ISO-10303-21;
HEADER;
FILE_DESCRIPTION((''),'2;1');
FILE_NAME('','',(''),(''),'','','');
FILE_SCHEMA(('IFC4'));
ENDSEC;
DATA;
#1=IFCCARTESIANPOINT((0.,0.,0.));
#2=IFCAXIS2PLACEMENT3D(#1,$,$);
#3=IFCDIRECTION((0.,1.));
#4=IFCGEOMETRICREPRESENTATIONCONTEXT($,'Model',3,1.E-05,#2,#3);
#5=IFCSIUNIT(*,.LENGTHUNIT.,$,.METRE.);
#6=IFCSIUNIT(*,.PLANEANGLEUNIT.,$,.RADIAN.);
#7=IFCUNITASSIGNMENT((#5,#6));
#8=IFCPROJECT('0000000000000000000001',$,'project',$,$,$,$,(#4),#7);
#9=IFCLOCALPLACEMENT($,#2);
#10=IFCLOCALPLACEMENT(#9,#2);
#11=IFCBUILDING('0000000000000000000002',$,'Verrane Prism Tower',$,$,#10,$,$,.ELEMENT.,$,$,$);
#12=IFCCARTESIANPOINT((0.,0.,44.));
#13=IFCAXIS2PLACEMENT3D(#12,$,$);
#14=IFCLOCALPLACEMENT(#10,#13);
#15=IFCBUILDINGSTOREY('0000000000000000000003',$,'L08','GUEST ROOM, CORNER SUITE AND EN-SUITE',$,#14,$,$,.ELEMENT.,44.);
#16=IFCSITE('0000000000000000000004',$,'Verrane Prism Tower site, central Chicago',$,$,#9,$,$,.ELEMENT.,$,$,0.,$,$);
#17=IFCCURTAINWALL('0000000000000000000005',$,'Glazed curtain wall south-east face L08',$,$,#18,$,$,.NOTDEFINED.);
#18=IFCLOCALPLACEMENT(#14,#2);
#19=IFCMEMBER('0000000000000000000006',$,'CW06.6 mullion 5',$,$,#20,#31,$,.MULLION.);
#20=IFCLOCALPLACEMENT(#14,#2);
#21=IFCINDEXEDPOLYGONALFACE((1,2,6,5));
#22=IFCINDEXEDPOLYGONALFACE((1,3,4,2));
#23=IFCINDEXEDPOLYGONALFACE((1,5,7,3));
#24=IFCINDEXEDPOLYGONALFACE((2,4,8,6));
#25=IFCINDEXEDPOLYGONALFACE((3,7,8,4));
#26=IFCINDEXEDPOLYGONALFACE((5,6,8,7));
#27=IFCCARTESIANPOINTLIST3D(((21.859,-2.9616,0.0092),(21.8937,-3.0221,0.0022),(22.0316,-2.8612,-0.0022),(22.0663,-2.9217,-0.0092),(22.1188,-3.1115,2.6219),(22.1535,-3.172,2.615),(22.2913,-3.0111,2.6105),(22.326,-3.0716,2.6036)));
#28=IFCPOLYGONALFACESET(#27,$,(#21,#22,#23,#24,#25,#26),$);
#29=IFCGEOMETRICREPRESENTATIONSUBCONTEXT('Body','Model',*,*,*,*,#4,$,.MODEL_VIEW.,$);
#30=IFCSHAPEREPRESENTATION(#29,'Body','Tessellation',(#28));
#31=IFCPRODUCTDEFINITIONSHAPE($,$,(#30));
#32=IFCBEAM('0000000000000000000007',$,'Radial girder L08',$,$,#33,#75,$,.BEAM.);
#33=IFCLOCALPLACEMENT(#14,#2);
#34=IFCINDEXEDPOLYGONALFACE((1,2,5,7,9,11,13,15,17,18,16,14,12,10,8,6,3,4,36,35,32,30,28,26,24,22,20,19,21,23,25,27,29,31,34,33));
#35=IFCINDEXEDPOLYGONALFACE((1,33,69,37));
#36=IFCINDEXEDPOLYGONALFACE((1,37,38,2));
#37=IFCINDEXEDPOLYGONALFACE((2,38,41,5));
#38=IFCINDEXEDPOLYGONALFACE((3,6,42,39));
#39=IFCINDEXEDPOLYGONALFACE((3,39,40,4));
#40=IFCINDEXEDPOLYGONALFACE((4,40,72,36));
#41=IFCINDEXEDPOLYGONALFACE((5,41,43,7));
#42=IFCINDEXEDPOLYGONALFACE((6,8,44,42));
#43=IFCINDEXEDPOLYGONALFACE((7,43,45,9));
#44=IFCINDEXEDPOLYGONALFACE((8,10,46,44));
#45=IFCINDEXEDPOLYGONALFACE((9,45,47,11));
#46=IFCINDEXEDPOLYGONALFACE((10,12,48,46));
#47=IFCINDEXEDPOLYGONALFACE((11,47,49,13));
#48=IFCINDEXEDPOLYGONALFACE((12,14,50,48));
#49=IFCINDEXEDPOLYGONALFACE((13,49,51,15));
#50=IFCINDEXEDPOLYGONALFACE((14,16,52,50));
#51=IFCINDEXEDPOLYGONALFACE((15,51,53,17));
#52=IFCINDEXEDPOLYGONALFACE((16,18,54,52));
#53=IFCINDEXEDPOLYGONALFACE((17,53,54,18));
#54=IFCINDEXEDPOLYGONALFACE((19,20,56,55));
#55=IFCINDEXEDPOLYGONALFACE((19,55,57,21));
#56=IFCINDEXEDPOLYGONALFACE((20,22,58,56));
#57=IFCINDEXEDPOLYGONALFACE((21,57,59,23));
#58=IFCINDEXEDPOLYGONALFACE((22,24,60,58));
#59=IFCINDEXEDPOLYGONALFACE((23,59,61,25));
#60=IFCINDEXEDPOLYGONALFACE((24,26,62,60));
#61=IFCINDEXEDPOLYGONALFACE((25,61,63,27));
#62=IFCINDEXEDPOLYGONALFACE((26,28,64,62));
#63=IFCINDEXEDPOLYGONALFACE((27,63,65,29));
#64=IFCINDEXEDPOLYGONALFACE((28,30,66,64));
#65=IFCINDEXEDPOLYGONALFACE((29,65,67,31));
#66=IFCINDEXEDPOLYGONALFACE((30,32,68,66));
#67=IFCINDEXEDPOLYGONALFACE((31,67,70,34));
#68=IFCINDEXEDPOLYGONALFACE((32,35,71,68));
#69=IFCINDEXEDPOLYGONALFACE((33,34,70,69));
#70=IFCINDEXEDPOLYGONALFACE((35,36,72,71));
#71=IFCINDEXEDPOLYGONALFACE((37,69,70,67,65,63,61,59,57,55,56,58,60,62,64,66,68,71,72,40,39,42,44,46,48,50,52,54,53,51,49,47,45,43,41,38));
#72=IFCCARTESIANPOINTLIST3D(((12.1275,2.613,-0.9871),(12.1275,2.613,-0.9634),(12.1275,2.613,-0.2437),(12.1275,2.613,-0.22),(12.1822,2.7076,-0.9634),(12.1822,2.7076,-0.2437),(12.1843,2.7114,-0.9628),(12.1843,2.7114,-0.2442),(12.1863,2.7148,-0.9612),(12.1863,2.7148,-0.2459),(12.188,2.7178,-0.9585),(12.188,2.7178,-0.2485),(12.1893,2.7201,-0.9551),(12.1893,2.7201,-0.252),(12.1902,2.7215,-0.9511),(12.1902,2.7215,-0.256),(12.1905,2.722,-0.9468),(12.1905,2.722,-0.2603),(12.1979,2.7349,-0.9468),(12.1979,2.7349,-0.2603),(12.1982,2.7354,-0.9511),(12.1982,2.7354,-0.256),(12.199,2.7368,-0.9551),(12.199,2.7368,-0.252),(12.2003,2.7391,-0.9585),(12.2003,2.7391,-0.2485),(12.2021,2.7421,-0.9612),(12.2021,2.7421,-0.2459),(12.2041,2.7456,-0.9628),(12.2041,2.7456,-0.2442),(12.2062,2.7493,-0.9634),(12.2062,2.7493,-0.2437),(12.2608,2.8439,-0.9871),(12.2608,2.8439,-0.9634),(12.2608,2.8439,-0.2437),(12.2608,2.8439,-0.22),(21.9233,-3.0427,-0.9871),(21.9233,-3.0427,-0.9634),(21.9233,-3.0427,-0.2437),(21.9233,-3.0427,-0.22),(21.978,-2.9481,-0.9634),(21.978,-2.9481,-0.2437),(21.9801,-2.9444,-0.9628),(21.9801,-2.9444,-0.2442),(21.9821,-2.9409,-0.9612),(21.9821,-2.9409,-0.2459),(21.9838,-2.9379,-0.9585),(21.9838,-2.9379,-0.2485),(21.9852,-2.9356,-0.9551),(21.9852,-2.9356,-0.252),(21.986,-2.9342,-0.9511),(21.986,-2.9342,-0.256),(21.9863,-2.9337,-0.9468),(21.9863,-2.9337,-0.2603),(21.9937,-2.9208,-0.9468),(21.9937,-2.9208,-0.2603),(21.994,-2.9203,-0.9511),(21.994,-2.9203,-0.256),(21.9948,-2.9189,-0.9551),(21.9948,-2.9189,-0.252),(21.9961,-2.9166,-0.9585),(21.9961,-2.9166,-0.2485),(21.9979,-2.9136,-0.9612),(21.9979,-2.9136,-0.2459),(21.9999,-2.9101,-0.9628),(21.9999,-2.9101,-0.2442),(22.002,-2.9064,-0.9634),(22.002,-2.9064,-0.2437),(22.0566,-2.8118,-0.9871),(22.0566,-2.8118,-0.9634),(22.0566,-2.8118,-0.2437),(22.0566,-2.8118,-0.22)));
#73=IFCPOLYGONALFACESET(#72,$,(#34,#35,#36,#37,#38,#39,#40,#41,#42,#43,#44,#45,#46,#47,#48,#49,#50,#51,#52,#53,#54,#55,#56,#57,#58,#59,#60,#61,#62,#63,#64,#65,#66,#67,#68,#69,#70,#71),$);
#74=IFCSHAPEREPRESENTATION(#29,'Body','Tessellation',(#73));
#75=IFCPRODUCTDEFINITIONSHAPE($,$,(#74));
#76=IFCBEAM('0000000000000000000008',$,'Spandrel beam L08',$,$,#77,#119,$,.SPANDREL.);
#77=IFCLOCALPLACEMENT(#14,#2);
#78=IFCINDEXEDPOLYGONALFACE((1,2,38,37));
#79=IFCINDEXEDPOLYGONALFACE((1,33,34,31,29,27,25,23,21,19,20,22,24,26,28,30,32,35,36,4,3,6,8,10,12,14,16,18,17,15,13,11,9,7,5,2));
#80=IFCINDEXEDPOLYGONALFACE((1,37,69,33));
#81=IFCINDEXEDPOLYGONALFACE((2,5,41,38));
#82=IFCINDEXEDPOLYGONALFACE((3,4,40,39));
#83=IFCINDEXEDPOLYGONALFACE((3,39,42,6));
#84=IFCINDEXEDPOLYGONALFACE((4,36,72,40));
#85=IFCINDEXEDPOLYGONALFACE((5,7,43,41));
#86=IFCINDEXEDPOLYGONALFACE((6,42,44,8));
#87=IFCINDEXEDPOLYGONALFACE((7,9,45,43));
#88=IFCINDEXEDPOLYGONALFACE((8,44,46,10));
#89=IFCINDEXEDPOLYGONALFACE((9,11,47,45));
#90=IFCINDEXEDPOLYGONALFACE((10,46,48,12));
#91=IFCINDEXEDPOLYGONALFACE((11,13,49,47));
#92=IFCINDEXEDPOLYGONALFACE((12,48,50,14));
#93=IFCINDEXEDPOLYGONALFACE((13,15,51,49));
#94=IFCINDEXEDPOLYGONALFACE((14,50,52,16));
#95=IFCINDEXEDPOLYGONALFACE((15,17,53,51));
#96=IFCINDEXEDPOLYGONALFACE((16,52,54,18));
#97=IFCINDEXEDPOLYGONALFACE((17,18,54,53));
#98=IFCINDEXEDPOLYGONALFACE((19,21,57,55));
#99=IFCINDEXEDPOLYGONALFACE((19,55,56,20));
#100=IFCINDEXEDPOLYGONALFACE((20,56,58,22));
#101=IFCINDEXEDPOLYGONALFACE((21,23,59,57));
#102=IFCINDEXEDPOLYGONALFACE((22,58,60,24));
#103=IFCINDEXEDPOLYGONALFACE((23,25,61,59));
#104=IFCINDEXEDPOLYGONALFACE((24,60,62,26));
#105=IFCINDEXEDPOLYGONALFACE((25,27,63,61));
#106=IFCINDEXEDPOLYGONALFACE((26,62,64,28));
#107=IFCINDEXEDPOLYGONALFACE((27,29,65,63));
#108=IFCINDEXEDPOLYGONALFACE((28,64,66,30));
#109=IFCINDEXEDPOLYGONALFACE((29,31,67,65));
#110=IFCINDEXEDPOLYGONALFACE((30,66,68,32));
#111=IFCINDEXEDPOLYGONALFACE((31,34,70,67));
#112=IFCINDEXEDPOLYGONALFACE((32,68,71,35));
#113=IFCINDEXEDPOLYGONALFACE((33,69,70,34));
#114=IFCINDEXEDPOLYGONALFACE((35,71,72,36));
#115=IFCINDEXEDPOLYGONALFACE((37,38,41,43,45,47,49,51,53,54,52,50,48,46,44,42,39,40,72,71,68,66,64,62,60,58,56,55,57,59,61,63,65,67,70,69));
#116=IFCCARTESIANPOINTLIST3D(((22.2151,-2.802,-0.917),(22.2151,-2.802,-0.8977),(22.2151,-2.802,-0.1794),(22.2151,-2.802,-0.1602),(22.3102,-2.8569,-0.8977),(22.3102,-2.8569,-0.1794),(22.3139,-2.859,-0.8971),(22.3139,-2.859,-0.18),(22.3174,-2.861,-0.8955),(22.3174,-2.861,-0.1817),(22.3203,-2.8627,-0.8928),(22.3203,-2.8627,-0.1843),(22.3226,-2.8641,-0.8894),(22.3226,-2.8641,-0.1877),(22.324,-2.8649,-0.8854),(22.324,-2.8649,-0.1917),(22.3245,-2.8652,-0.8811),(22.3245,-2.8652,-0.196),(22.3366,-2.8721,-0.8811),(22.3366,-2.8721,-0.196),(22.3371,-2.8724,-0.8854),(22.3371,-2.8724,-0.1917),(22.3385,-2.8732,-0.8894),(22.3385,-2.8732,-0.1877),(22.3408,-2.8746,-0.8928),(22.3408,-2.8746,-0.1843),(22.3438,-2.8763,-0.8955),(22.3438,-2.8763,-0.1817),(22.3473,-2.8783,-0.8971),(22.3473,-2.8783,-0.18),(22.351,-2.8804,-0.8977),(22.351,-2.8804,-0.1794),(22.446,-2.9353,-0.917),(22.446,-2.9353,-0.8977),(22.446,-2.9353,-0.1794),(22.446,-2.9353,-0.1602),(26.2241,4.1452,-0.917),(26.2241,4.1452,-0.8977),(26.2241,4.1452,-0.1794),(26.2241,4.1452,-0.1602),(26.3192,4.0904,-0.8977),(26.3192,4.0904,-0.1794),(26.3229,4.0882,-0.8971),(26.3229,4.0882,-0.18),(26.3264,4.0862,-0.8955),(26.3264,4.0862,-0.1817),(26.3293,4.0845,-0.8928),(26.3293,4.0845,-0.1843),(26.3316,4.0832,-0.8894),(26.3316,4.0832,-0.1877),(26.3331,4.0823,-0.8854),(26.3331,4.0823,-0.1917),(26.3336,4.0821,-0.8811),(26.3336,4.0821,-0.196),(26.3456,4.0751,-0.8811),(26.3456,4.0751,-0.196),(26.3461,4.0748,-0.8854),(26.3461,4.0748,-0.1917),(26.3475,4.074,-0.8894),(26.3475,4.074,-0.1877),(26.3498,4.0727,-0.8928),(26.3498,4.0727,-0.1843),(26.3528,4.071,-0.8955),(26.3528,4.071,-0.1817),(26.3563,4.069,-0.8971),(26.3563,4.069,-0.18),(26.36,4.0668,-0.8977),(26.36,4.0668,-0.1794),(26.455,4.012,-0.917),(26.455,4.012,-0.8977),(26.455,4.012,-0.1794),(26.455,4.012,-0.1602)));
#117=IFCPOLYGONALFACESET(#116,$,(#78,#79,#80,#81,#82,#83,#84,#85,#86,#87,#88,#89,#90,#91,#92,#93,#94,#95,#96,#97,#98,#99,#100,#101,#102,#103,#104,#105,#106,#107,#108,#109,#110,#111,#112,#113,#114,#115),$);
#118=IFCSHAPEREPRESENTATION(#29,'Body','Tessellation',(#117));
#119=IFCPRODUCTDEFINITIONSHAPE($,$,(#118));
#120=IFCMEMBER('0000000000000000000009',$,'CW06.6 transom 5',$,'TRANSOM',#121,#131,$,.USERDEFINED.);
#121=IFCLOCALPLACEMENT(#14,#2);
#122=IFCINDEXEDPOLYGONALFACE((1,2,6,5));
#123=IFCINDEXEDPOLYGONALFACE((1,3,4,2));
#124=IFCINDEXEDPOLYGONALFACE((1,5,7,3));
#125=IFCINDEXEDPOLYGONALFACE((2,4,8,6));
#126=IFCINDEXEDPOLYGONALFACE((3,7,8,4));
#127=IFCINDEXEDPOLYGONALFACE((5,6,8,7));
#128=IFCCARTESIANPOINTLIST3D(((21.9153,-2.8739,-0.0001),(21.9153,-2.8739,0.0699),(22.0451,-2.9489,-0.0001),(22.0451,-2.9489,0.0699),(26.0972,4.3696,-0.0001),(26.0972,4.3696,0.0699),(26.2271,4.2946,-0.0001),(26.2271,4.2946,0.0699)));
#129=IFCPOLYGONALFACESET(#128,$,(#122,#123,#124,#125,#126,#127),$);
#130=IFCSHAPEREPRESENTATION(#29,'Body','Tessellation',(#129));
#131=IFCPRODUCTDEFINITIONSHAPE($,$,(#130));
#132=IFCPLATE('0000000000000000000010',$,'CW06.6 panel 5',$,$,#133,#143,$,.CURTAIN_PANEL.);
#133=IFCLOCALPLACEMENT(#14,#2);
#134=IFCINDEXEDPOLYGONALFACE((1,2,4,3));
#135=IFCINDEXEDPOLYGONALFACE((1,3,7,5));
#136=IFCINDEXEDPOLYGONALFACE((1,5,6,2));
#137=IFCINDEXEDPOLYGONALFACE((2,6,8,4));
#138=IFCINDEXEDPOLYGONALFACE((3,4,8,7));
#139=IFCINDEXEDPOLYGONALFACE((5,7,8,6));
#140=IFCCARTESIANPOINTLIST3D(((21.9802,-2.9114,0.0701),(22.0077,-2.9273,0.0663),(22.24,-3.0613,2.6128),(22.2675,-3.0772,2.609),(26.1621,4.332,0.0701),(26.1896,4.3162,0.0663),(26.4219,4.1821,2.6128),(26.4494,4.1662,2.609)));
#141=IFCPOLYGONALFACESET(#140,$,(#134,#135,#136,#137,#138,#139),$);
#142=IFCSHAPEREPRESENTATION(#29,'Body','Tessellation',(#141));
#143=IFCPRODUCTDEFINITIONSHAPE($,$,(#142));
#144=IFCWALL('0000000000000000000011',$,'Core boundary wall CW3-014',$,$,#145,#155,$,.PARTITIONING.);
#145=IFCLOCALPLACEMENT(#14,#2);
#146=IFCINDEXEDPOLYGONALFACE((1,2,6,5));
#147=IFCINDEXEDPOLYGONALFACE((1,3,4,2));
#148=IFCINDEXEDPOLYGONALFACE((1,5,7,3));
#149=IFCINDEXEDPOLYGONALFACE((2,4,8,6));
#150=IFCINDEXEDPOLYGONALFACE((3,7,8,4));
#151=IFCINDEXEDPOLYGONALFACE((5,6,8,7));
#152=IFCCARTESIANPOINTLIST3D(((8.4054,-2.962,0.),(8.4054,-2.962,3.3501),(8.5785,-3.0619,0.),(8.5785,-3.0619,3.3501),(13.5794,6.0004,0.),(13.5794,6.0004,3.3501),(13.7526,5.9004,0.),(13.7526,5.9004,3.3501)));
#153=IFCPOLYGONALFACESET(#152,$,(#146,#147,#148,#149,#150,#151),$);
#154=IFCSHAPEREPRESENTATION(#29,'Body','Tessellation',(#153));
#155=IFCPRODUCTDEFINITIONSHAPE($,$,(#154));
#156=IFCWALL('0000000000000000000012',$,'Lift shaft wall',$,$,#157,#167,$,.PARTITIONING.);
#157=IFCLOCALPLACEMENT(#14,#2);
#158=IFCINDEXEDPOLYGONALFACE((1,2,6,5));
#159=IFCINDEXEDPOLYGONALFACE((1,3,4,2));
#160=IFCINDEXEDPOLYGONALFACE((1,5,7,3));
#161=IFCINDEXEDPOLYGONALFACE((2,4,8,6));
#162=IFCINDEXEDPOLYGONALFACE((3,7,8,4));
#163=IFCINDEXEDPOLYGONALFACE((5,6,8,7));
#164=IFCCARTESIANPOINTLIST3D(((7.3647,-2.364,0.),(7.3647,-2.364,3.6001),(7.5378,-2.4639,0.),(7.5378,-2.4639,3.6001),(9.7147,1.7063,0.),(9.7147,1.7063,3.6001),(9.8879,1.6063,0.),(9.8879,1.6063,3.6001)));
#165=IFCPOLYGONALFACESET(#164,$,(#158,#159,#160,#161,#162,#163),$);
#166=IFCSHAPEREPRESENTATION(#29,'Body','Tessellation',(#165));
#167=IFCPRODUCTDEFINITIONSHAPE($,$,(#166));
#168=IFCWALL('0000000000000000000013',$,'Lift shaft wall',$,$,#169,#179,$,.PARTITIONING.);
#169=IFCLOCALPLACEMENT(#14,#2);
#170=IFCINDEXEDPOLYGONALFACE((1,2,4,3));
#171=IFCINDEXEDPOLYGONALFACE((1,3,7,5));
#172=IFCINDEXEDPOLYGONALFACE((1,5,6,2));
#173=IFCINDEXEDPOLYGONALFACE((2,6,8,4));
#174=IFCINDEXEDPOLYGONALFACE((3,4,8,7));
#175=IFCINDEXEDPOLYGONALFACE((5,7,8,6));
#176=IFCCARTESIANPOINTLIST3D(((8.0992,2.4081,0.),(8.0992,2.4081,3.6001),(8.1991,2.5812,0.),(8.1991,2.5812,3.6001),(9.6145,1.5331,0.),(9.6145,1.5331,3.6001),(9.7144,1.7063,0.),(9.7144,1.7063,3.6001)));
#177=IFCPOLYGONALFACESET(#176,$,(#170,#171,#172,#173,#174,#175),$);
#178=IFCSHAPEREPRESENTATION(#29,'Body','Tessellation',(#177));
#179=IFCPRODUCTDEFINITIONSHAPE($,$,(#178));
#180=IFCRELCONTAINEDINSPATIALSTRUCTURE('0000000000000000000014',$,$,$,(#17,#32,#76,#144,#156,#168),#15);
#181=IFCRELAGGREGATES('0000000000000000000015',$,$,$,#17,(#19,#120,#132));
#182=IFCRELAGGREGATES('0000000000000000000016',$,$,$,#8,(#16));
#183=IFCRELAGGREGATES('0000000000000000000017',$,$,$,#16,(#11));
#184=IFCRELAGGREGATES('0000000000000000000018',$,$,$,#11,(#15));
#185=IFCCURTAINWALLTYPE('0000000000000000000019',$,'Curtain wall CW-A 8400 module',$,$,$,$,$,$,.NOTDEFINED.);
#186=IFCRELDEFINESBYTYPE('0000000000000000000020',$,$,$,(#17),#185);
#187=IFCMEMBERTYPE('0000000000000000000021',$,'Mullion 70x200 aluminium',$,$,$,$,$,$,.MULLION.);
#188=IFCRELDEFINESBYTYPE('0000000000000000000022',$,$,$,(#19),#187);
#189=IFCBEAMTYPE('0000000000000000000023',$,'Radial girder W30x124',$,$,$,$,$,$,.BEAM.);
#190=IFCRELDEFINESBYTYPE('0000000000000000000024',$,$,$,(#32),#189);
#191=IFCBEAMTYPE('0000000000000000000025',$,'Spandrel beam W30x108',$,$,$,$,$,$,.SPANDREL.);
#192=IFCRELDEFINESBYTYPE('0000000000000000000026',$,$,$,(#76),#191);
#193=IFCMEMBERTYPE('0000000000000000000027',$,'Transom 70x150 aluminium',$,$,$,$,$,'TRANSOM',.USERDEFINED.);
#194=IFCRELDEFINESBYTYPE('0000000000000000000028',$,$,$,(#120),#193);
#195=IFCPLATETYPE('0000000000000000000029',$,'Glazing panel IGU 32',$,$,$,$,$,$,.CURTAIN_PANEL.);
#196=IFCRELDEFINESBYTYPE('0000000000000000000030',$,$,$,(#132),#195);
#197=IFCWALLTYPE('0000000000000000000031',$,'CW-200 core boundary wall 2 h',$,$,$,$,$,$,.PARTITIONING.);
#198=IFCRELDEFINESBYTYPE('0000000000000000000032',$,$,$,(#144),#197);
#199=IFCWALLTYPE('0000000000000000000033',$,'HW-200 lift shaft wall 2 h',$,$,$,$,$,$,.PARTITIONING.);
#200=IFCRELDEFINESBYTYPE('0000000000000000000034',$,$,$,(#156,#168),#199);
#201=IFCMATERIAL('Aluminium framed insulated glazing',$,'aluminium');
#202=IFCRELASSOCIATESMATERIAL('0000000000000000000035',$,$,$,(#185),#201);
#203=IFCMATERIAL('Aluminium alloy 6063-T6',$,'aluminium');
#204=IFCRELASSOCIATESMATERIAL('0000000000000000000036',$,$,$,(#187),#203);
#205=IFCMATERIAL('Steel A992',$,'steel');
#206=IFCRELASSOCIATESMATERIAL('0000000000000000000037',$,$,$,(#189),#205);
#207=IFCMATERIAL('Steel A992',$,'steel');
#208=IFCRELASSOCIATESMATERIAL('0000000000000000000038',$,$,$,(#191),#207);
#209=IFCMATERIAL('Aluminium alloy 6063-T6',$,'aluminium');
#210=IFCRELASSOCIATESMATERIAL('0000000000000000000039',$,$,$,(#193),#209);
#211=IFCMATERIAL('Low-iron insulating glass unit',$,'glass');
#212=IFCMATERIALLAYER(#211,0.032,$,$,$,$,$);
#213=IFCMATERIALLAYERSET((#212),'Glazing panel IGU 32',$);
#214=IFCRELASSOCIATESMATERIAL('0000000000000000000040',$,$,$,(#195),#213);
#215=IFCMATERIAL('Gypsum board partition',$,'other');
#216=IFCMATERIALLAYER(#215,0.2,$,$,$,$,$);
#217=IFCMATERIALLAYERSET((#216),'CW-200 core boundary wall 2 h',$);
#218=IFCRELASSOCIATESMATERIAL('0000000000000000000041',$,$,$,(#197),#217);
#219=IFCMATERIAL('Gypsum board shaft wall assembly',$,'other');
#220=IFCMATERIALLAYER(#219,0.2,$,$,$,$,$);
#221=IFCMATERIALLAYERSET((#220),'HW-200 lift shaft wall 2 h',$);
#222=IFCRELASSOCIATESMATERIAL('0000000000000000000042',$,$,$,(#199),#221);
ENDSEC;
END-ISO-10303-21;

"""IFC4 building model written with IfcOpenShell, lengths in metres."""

from ifc_helpers import new_model, si_unit, direction, frame, frame_2d, origin, origin_2d, place, context, subcontext, project, spatial, polyline, rectangle, i_section, outline, extrude, material, layer, layer_set, material_profile, profile_set, type_object, element, aggregate, save


model = new_model("IFC4")

# Units and contexts
model_context = context("Model", 3, precision=1e-05, world=origin(), true_north=direction((0.0, 1.0)))
body_context = subcontext(model_context, "Body", "Model", "MODEL_VIEW")
ifc_project = project(units=[si_unit("LENGTHUNIT", "METRE"), si_unit("PLANEANGLEUNIT", "RADIAN")], contexts=[model_context])

# Site, building, storey
site_placement = place(None, origin())
site = spatial("IfcSite", under=ifc_project, at=site_placement, Name="Verrane Prism Tower site, central Chicago", CompositionType="ELEMENT", RefElevation=0.0)
building_placement = place(site_placement, origin())
building = spatial("IfcBuilding", under=site, at=building_placement, Name="Verrane Prism Tower", CompositionType="ELEMENT")
storey_placement = place(building_placement, frame((0.0, 0.0, 44.0)))
storey = spatial("IfcBuildingStorey", under=building, at=storey_placement, Name="L08", Description="GUEST ROOM, CORNER SUITE AND EN-SUITE", CompositionType="ELEMENT", Elevation=44.0)

# Curtain wall, member
ifc_material_1 = material(Name="Aluminium framed insulated glazing", Category="aluminium")
curtain_wall_type = type_object("IfcCurtainWallType", Name="Curtain wall CW-A 8400 module", PredefinedType="NOTDEFINED", material=ifc_material_1)
curtain_wall_placement = place(storey_placement, origin())
curtain_wall = element("IfcCurtainWall", 1, at=curtain_wall_placement, inside=storey, type_object=curtain_wall_type, Name="Glazed curtain wall south-east face L08", PredefinedType="NOTDEFINED")
ifc_material_2 = material(Name="Aluminium alloy 6063-T6", Category="aluminium")
ifc_material_profile_1 = material_profile(ifc_material_2, rectangle(XDim=0.2, YDim=0.0701, at=origin_2d()), Name="Mullion 70x200 aluminium")
ifc_profile_set_1 = profile_set([ifc_material_profile_1], Name="Aluminium alloy 6063-T6")
member_type_1 = type_object("IfcMemberType", Name="Mullion 70x200 aluminium", PredefinedType="MULLION", material=ifc_profile_set_1)
member_1_placement = place(storey_placement, frame((21.9626, -2.9417, 0.0), z_axis=(0.098772, -0.056998, 0.993476), x_axis=(-0.863095, -0.501813, 0.057019)))
member_1 = element("IfcMember", 2, at=member_1_placement, type_object=member_type_1, Name="CW06.6 mullion 5", PredefinedType="MULLION", context=body_context, shape_type="SweptSolid", body=[
    extrude(rectangle(XDim=0.2, YDim=0.0701, at=origin_2d()), origin(), (0.0, 0.0, 1.0), 2.6299),
])

# Beams
ifc_material_3 = material(Name="Steel A992", Category="steel")
ifc_material_profile_2 = material_profile(ifc_material_3, i_section(OverallWidth=0.2666, OverallDepth=0.7671, WebThickness=0.0149, FlangeThickness=0.0237, FilletRadius=0.0166, at=origin_2d()), Name="W30x124")
ifc_profile_set_2 = profile_set([ifc_material_profile_2], Name="Steel A992")
beam_type_1 = type_object("IfcBeamType", Name="Radial girder W30x124", PredefinedType="BEAM", material=ifc_profile_set_2)
beam_1_placement = place(storey_placement, frame((21.99, -2.9272, -0.6035), z_axis=(-0.866022, 0.500006, 0.0), x_axis=(-0.500006, -0.866022, 0.0)))
element("IfcBeam", 3, at=beam_1_placement, inside=storey, type_object=beam_type_1, Name="Radial girder L08", PredefinedType="BEAM", context=body_context, shape_type="SweptSolid", body=[
    extrude(i_section(OverallWidth=0.2666, OverallDepth=0.7671, WebThickness=0.0149, FlangeThickness=0.0237, FilletRadius=0.0166, at=origin_2d()), origin(), (0.0, 0.0, 1.0), 11.3113),
])
ifc_material_4 = material(Name="Steel A992", Category="steel")
ifc_material_profile_3 = material_profile(ifc_material_4, i_section(OverallWidth=0.2666, OverallDepth=0.7568, WebThickness=0.0139, FlangeThickness=0.0193, FilletRadius=0.0166, at=origin_2d()), Name="W30x108")
ifc_profile_set_3 = profile_set([ifc_material_profile_3], Name="Steel A992")
beam_type_2 = type_object("IfcBeamType", Name="Spandrel beam W30x108", PredefinedType="SPANDREL", material=ifc_profile_set_3)
beam_2_placement = place(storey_placement, frame((22.3306, -2.8687, -0.5386), z_axis=(0.499816, 0.866132, 0.0), x_axis=(-0.866132, 0.499816, 0.0)))
element("IfcBeam", 4, at=beam_2_placement, inside=storey, type_object=beam_type_2, Name="Spandrel beam L08", PredefinedType="SPANDREL", context=body_context, shape_type="SweptSolid", body=[
    extrude(i_section(OverallWidth=0.2666, OverallDepth=0.7568, WebThickness=0.0139, FlangeThickness=0.0193, FilletRadius=0.0166, at=origin_2d()), origin(), (0.0, 0.0, 1.0), 8.021),
])

# Member
ifc_material_5 = material(Name="Aluminium alloy 6063-T6", Category="aluminium")
ifc_material_profile_4 = material_profile(ifc_material_5, rectangle(XDim=0.1499, YDim=0.0701, at=origin_2d()), Name="Transom 70x150 aluminium")
ifc_profile_set_4 = profile_set([ifc_material_profile_4], Name="Aluminium alloy 6063-T6")
member_type_2 = type_object("IfcMemberType", Name="Transom 70x150 aluminium", ElementType="TRANSOM", PredefinedType="USERDEFINED", material=ifc_profile_set_4)
member_2_placement = place(storey_placement, frame((21.9802, -2.9114, 0.0349), z_axis=(0.499991, 0.866031, 0.0), x_axis=(-0.866031, 0.499991, 0.0)))
member_2 = element("IfcMember", 5, at=member_2_placement, type_object=member_type_2, Name="CW06.6 transom 5", ObjectType="TRANSOM", PredefinedType="USERDEFINED", context=body_context, shape_type="SweptSolid", body=[
    extrude(rectangle(XDim=0.1499, YDim=0.0701, at=origin_2d()), origin(), (0.0, 0.0, 1.0), 8.364),
])

# Plate
ifc_material_6 = material(Name="Low-iron insulating glass unit", Category="glass")
ifc_layer_1 = layer(ifc_material_6, 0.032)
ifc_layer_set_1 = layer_set([ifc_layer_1], Name="Glazing panel IGU 32")
plate_type = type_object("IfcPlateType", Name="Glazing panel IGU 32", PredefinedType="CURTAIN_PANEL", material=ifc_layer_set_1)
plate_placement = place(storey_placement, frame((21.9802, -2.9114, 0.0701), z_axis=(-0.860068, 0.496549, 0.117138), x_axis=(0.499991, 0.866031, 0.0)))
plate = element("IfcPlate", 6, at=plate_placement, type_object=plate_type, Name="CW06.6 panel 5", PredefinedType="CURTAIN_PANEL", context=body_context, shape_type="SweptSolid", body=[
    extrude(outline(polyline([(0.0, 0.0), (8.3639, 0.0), (8.364, -2.5604), (0.0001, -2.5604), (0.0, 0.0)])), origin(), (0.0, 0.0, -1.0), 0.032),
])
aggregate(curtain_wall, [member_1, member_2, plate])

# Walls
ifc_material_7 = material(Name="Gypsum board partition", Category="other")
ifc_layer_2 = layer(ifc_material_7, 0.2)
ifc_layer_set_2 = layer_set([ifc_layer_2], Name="CW-200 core boundary wall 2 h")
wall_type_1 = type_object("IfcWallType", Name="CW-200 core boundary wall 2 h", PredefinedType="PARTITIONING", material=ifc_layer_set_2)
wall_1_placement = place(storey_placement, frame((8.4919, -3.012, 0.0), z_axis=(0.0, 0.0, 1.0), x_axis=(0.499973, 0.866041, 0.0)))
element("IfcWall", 7, at=wall_1_placement, inside=storey, type_object=wall_type_1, Name="Core boundary wall CW3-014", PredefinedType="PARTITIONING", context=body_context, shape_type="SweptSolid", body=[
    extrude(rectangle(XDim=10.3486, YDim=0.2, at=frame_2d((5.1743, 0.0))), origin(), (0.0, 0.0, 1.0), 3.3501),
])
ifc_material_8 = material(Name="Gypsum board shaft wall assembly", Category="other")
ifc_layer_3 = layer(ifc_material_8, 0.2)
ifc_layer_set_3 = layer_set([ifc_layer_3], Name="HW-200 lift shaft wall 2 h")
wall_type_2 = type_object("IfcWallType", Name="HW-200 lift shaft wall 2 h", PredefinedType="PARTITIONING", material=ifc_layer_set_3)
wall_2_placement = place(storey_placement, frame((7.4512, -2.4141, 0.0), z_axis=(0.0, 0.0, 1.0), x_axis=(0.500016, 0.866016, 0.0)))
element("IfcWall", 8, at=wall_2_placement, inside=storey, type_object=wall_type_2, Name="Lift shaft wall", PredefinedType="PARTITIONING", context=body_context, shape_type="SweptSolid", body=[
    extrude(rectangle(XDim=4.7, YDim=0.2, at=frame_2d((2.3501, 0.0))), origin(), (0.0, 0.0, 1.0), 3.6001),
])
wall_3_placement = place(storey_placement, frame((9.6646, 1.6196, 0.0), z_axis=(0.0, 0.0, 1.0), x_axis=(-0.866002, 0.50004, 0.0)))
element("IfcWall", 9, at=wall_3_placement, inside=storey, type_object=wall_type_2, Name="Lift shaft wall", PredefinedType="PARTITIONING", context=body_context, shape_type="SweptSolid", body=[
    extrude(rectangle(XDim=1.7498, YDim=0.2, at=frame_2d((0.875, 0.0))), origin(), (0.0, 0.0, 1.0), 3.6001),
])

save(model, "model.ifc")
